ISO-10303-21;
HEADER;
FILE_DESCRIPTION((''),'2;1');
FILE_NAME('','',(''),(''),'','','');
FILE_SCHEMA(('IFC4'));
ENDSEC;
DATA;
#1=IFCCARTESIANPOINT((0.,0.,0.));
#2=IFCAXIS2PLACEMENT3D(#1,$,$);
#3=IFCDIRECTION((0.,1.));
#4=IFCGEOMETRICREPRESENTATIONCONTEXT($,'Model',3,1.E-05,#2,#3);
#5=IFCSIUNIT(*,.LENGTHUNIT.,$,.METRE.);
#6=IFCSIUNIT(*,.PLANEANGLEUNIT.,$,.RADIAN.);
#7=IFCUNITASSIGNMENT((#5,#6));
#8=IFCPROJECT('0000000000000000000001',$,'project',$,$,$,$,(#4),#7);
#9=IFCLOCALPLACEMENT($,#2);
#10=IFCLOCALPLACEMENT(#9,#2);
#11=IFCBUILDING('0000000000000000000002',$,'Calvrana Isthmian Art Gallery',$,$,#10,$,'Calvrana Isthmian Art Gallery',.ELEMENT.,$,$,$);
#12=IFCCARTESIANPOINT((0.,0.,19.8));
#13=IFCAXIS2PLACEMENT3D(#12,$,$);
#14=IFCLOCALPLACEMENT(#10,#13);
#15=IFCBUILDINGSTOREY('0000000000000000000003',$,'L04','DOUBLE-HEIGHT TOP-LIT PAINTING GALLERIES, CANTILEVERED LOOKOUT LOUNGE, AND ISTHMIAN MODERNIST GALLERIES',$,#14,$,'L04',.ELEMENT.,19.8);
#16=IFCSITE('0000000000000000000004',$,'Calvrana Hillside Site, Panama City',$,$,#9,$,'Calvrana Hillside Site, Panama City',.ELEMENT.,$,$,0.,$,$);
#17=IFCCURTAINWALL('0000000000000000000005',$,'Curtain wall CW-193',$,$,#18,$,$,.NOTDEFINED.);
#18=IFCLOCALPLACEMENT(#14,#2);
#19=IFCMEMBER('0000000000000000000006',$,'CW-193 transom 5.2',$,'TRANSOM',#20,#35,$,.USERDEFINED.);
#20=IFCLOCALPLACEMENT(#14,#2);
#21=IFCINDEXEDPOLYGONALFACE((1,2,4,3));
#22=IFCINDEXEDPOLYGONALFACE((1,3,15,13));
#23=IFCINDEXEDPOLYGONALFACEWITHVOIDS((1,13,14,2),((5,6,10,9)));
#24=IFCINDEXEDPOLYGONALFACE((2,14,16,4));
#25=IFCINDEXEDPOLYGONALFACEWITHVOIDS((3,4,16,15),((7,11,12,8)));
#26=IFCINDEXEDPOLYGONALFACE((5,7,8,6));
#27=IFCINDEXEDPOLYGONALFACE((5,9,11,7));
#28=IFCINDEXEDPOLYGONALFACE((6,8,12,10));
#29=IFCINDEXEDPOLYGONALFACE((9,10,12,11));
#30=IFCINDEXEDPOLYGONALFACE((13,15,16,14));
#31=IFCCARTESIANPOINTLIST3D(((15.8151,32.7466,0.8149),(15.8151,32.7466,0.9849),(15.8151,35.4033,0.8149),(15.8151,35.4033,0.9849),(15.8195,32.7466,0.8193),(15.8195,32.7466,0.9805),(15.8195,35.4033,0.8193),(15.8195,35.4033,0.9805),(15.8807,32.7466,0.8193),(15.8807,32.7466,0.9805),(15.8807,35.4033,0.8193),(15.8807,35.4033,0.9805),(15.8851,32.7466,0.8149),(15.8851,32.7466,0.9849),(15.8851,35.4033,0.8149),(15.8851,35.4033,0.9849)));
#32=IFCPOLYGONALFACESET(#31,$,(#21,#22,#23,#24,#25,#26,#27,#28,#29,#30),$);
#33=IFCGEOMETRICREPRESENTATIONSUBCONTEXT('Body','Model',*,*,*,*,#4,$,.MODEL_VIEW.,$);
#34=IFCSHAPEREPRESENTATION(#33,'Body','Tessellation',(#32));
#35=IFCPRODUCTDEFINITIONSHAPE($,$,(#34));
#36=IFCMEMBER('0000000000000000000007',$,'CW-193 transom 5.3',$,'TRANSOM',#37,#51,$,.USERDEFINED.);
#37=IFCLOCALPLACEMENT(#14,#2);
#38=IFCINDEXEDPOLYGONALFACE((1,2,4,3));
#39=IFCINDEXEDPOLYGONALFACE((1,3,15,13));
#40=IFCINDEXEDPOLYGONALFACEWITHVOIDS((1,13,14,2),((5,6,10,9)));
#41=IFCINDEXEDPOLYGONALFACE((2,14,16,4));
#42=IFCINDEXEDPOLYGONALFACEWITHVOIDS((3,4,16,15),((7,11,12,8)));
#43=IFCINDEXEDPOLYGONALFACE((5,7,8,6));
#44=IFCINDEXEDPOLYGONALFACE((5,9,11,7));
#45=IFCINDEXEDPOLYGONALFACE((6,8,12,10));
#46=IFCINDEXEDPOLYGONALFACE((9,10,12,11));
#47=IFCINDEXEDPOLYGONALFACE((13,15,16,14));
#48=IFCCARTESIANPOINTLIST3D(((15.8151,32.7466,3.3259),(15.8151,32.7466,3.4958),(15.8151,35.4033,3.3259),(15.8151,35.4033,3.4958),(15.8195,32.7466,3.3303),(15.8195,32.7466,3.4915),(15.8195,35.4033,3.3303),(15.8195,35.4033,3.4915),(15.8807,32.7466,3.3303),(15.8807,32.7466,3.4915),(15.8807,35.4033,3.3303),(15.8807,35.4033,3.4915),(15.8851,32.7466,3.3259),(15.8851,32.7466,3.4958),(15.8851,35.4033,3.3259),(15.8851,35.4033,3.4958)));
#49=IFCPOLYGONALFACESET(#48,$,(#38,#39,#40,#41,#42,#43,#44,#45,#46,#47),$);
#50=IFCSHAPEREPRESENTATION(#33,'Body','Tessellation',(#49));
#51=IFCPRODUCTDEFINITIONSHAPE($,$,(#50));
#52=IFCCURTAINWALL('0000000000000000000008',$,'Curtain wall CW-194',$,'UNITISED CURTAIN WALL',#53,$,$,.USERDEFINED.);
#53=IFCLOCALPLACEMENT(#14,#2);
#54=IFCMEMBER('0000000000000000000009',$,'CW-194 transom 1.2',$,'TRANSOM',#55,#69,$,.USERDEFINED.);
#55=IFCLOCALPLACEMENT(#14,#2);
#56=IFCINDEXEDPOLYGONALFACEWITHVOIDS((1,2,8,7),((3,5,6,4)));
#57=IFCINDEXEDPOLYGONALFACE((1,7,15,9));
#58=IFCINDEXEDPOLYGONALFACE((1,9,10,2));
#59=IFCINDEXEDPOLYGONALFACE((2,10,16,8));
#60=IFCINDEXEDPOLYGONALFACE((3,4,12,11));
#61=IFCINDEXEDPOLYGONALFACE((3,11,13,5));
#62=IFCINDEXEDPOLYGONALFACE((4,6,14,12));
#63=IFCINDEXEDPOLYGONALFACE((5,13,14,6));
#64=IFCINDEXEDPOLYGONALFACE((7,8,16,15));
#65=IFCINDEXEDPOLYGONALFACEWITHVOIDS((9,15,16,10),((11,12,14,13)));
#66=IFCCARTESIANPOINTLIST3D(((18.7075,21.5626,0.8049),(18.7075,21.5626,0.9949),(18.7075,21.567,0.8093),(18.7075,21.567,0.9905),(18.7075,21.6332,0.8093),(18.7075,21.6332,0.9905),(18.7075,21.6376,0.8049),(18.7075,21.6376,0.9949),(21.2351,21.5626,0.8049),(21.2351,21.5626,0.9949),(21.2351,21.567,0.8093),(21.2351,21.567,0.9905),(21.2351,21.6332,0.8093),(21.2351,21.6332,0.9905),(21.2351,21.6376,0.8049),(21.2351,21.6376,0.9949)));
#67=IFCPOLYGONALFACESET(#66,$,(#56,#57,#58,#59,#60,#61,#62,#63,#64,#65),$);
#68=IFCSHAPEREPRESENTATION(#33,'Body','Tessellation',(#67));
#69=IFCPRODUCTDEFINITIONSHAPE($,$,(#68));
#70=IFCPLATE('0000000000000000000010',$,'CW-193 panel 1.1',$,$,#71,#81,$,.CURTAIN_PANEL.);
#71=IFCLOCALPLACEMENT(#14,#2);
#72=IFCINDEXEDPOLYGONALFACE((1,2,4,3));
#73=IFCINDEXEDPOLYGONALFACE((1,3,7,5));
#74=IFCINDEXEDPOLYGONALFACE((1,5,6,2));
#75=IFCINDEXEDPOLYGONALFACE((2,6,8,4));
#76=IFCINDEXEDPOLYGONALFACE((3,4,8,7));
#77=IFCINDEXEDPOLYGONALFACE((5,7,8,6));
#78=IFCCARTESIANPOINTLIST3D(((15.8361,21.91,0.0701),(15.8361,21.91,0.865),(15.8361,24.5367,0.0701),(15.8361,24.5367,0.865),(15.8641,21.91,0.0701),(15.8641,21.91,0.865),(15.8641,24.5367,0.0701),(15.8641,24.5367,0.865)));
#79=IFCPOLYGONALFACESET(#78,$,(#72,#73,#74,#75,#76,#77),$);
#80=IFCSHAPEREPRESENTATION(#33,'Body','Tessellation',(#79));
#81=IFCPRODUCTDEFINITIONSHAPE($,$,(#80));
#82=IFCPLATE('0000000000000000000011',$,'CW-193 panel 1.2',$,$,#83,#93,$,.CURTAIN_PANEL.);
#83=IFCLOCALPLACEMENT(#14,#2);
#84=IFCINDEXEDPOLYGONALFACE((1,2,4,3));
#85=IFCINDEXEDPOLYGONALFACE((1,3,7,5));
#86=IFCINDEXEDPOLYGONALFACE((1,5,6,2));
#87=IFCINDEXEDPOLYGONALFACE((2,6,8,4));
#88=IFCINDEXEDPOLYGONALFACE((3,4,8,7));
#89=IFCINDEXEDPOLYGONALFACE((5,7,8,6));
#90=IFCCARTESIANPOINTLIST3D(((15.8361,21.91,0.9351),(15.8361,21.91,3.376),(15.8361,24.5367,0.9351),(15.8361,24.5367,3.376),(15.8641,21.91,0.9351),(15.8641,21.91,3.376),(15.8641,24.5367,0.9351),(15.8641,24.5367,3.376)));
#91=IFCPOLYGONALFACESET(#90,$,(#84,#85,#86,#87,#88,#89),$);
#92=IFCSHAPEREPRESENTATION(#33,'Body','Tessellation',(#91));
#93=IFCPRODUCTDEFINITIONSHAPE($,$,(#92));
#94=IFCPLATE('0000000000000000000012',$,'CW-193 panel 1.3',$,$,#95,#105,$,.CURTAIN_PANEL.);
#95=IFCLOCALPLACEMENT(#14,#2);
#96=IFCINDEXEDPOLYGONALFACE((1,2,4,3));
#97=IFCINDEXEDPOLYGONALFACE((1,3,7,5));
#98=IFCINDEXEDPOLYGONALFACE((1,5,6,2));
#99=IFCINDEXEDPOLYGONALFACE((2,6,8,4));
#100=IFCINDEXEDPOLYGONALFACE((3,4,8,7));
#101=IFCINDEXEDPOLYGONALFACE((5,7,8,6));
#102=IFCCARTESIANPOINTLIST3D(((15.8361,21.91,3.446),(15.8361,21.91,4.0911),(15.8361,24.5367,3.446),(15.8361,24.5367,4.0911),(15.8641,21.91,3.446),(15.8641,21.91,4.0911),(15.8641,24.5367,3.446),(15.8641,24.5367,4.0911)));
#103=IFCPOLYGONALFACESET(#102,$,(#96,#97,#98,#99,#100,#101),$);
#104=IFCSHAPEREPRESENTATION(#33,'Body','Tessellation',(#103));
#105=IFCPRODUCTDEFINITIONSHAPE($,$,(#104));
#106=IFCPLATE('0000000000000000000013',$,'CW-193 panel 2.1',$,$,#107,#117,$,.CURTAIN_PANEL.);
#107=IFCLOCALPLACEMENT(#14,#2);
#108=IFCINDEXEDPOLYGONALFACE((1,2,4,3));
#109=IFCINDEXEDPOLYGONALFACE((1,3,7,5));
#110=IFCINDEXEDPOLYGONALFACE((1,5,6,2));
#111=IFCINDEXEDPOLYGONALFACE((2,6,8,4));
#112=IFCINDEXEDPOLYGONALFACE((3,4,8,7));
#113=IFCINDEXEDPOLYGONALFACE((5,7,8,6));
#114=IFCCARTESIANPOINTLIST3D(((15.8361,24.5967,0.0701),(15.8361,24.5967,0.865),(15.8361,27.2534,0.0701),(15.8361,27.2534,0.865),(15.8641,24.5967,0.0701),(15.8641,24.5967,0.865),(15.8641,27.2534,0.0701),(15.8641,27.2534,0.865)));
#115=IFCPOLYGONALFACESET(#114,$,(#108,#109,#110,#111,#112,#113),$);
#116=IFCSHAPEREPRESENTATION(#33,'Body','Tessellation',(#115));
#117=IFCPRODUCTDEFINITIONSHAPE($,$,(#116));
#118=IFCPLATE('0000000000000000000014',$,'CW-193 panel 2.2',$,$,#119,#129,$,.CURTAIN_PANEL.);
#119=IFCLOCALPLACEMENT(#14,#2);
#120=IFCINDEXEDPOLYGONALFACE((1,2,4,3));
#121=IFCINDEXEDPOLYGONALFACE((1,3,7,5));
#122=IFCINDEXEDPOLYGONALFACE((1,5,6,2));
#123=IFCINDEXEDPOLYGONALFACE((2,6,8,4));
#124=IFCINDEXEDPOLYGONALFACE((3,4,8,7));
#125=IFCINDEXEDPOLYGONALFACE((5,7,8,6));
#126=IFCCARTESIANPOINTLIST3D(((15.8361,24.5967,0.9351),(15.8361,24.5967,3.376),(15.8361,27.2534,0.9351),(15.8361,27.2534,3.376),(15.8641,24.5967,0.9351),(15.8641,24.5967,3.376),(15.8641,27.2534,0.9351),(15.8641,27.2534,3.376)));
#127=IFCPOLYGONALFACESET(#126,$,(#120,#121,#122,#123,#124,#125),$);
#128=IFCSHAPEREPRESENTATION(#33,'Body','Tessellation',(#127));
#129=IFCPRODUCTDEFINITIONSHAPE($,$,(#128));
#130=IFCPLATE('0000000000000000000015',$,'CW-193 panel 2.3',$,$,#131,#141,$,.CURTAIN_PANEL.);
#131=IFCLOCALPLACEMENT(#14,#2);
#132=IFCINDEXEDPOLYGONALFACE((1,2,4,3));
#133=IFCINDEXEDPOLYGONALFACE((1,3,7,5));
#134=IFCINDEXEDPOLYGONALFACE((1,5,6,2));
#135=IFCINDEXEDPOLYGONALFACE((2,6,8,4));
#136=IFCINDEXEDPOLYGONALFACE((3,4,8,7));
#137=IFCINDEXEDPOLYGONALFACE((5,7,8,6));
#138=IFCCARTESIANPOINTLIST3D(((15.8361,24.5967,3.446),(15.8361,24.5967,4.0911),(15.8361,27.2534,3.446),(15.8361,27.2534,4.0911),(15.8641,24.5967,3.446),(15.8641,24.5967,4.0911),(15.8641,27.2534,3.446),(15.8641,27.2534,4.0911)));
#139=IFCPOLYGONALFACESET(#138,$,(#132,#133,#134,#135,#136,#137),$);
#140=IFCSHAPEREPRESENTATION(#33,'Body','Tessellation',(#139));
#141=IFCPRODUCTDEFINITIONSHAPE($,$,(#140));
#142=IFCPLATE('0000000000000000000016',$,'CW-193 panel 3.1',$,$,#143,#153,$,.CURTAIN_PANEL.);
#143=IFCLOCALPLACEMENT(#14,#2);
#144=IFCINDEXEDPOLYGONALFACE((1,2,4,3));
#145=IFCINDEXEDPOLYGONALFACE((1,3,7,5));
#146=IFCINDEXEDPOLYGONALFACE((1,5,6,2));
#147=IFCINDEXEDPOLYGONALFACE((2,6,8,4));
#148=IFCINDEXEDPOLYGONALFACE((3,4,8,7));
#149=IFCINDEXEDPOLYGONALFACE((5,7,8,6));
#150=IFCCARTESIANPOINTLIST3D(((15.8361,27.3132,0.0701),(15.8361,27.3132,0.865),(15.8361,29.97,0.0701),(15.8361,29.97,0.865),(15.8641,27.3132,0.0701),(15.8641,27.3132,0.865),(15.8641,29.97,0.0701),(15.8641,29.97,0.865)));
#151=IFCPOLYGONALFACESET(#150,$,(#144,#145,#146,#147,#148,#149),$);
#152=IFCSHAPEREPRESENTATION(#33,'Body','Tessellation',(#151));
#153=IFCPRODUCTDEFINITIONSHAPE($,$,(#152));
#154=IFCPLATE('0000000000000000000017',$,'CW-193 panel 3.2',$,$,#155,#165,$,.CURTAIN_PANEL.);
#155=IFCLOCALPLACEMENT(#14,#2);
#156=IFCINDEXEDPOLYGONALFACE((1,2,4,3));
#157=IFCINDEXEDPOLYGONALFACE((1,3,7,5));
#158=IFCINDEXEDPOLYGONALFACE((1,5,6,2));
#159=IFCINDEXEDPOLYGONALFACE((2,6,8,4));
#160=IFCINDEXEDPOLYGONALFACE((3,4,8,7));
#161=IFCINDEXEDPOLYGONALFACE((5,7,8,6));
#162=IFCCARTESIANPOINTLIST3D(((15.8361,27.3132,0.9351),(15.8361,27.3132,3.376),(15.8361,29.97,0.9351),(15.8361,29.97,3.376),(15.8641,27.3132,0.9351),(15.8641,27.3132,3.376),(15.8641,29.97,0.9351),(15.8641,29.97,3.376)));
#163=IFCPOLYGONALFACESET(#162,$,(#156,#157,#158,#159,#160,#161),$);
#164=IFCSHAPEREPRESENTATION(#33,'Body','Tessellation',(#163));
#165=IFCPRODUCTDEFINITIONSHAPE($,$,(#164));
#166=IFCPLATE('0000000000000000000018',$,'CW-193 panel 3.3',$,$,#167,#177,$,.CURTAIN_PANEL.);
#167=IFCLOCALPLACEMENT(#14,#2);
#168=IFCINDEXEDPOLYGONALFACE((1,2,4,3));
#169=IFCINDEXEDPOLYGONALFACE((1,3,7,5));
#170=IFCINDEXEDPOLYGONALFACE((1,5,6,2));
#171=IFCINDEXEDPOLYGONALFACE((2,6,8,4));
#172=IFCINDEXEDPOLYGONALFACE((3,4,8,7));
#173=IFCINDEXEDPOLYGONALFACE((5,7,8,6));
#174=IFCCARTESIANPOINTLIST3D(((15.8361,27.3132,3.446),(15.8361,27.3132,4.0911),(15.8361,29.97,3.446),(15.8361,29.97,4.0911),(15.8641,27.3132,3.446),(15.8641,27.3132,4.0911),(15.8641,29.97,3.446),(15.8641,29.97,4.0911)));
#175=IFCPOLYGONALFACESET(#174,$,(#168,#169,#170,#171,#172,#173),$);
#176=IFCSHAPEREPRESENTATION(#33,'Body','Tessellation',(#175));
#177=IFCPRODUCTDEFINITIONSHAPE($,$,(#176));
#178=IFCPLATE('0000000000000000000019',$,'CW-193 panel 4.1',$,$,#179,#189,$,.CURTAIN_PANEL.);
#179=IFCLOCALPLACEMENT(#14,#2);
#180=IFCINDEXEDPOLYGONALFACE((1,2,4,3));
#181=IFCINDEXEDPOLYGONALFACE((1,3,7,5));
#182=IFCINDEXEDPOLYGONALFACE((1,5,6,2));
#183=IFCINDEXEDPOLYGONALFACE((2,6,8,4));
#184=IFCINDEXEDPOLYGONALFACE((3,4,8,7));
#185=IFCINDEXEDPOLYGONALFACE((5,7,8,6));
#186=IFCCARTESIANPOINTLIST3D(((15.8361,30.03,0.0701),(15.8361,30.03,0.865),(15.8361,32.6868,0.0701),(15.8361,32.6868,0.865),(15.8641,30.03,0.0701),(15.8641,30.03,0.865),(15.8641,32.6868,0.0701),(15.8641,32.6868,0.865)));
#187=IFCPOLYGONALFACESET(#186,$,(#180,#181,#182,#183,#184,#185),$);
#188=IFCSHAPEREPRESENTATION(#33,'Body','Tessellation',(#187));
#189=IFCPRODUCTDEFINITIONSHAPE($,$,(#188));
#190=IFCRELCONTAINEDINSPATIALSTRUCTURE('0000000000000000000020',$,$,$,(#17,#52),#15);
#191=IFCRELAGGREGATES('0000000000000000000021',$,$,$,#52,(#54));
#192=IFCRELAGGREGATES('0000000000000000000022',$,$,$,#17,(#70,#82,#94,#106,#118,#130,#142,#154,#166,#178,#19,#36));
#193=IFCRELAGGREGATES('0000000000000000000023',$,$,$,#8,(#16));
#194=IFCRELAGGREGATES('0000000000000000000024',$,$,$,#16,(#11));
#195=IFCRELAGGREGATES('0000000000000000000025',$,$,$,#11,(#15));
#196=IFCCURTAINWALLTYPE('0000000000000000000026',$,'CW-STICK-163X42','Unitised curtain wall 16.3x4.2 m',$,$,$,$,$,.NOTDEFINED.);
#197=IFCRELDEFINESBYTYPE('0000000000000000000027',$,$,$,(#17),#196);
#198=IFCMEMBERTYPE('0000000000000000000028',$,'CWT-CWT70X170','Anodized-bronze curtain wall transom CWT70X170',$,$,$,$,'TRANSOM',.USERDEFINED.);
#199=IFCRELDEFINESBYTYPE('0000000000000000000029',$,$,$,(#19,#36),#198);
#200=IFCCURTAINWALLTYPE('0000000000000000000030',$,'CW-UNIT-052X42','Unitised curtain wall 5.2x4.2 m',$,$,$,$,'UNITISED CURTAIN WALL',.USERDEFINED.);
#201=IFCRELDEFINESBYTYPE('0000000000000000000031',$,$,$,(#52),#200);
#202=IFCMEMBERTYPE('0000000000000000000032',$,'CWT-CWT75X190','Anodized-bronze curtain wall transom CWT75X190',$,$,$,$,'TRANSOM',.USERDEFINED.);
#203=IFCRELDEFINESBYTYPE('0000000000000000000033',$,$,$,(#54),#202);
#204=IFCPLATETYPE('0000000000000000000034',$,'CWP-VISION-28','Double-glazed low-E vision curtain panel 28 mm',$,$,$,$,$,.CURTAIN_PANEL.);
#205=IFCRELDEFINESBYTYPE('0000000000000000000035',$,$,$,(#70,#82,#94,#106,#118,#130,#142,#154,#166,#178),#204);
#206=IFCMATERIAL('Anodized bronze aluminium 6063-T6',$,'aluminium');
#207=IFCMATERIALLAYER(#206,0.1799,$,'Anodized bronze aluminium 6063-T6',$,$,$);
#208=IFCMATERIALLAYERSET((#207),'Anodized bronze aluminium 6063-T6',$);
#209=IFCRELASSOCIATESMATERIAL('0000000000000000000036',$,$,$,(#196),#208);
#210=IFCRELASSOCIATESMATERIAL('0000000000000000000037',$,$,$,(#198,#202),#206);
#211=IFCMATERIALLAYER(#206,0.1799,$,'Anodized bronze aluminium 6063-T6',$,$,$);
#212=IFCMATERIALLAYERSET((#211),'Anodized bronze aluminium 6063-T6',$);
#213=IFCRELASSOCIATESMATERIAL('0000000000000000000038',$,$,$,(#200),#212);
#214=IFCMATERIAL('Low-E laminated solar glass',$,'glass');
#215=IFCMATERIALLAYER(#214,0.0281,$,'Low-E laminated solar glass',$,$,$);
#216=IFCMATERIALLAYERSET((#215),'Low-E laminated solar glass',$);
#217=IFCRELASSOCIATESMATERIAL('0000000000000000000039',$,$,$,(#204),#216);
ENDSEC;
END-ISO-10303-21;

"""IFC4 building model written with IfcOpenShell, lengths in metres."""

from ifc_helpers import new_model, si_unit, direction, frame, origin, origin_2d, place, context, subcontext, project, spatial, rectangle, hollow_rectangle, extrude, material, layer, layer_set, material_profile, profile_set, type_object, element, aggregate, save


model = new_model("IFC4")

# Units and contexts
model_context = context("Model", 3, precision=1e-05, world=origin(), true_north=direction((0.0, 1.0)))
body_context = subcontext(model_context, "Body", "Model", "MODEL_VIEW")
ifc_project = project(units=[si_unit("LENGTHUNIT", "METRE"), si_unit("PLANEANGLEUNIT", "RADIAN")], contexts=[model_context])

# Site, building, storey
site_placement = place(None, origin())
site = spatial("IfcSite", under=ifc_project, at=site_placement, Name="Calvrana Hillside Site, Panama City", LongName="Calvrana Hillside Site, Panama City", CompositionType="ELEMENT", RefElevation=0.0)
building_placement = place(site_placement, origin())
building = spatial("IfcBuilding", under=site, at=building_placement, Name="Calvrana Isthmian Art Gallery", LongName="Calvrana Isthmian Art Gallery", CompositionType="ELEMENT")
storey_placement = place(building_placement, frame((0.0, 0.0, 19.8)))
storey = spatial("IfcBuildingStorey", under=building, at=storey_placement, Name="L04", Description="DOUBLE-HEIGHT TOP-LIT PAINTING GALLERIES, CANTILEVERED LOOKOUT LOUNGE, AND ISTHMIAN MODERNIST GALLERIES", LongName="L04", CompositionType="ELEMENT", Elevation=19.8)

# Curtain wall, members
ifc_material_1 = material(Name="Anodized bronze aluminium 6063-T6", Category="aluminium")
ifc_layer_1 = layer(ifc_material_1, 0.1799, Name="Anodized bronze aluminium 6063-T6")
ifc_layer_set_1 = layer_set([ifc_layer_1], Name="Anodized bronze aluminium 6063-T6")
curtain_wall_type_1 = type_object("IfcCurtainWallType", Name="CW-STICK-163X42", Description="Unitised curtain wall 16.3x4.2 m", PredefinedType="NOTDEFINED", material=ifc_layer_set_1)
curtain_wall_1_placement = place(storey_placement, origin())
curtain_wall_1 = element("IfcCurtainWall", 1, at=curtain_wall_1_placement, inside=storey, type_object=curtain_wall_type_1, Name="Curtain wall CW-193", PredefinedType="NOTDEFINED")
ifc_material_profile_1 = material_profile(ifc_material_1, hollow_rectangle(XDim=0.0701, YDim=0.1699, WallThickness=0.0044, at=origin_2d()), Name="CWT70X170")
ifc_profile_set_1 = profile_set([ifc_material_profile_1], Name="Anodized bronze aluminium 6063-T6")
member_type_1 = type_object("IfcMemberType", Name="CWT-CWT70X170", Description="Anodized-bronze curtain wall transom CWT70X170", ElementType="TRANSOM", PredefinedType="USERDEFINED", material=ifc_profile_set_1)
member_1_placement = place(storey_placement, frame((15.8501, 32.7466, 0.8999), z_axis=(0.0, 1.0, 0.0), x_axis=(-1.0, 0.0, 0.0)))
member_1 = element("IfcMember", 2, at=member_1_placement, type_object=member_type_1, Name="CW-193 transom 5.2", ObjectType="TRANSOM", PredefinedType="USERDEFINED", context=body_context, shape_type="SweptSolid", body=[
    extrude(hollow_rectangle(XDim=0.0701, YDim=0.1699, WallThickness=0.0044, at=origin_2d()), origin(), (0.0, 0.0, 1.0), 2.6567),
])
member_2_placement = place(storey_placement, frame((15.8501, 32.7466, 3.4109), z_axis=(0.0, 1.0, 0.0), x_axis=(-1.0, 0.0, 0.0)))
member_2 = element("IfcMember", 3, at=member_2_placement, type_object=member_type_1, Name="CW-193 transom 5.3", ObjectType="TRANSOM", PredefinedType="USERDEFINED", context=body_context, shape_type="SweptSolid", body=[
    extrude(hollow_rectangle(XDim=0.0701, YDim=0.1699, WallThickness=0.0044, at=origin_2d()), origin(), (0.0, 0.0, 1.0), 2.6567),
])

# Curtain wall, member
ifc_layer_2 = layer(ifc_material_1, 0.1799, Name="Anodized bronze aluminium 6063-T6")
ifc_layer_set_2 = layer_set([ifc_layer_2], Name="Anodized bronze aluminium 6063-T6")
curtain_wall_type_2 = type_object("IfcCurtainWallType", Name="CW-UNIT-052X42", Description="Unitised curtain wall 5.2x4.2 m", ElementType="UNITISED CURTAIN WALL", PredefinedType="USERDEFINED", material=ifc_layer_set_2)
curtain_wall_2_placement = place(storey_placement, origin())
curtain_wall_2 = element("IfcCurtainWall", 4, at=curtain_wall_2_placement, inside=storey, type_object=curtain_wall_type_2, Name="Curtain wall CW-194", ObjectType="UNITISED CURTAIN WALL", PredefinedType="USERDEFINED")
ifc_material_profile_2 = material_profile(ifc_material_1, hollow_rectangle(XDim=0.075, YDim=0.1899, WallThickness=0.0044, at=origin_2d()), Name="CWT75X190")
ifc_profile_set_2 = profile_set([ifc_material_profile_2], Name="Anodized bronze aluminium 6063-T6")
member_type_2 = type_object("IfcMemberType", Name="CWT-CWT75X190", Description="Anodized-bronze curtain wall transom CWT75X190", ElementType="TRANSOM", PredefinedType="USERDEFINED", material=ifc_profile_set_2)
member_3_placement = place(storey_placement, frame((21.2351, 21.6001, 0.8999), z_axis=(-1.0, 0.0, 0.0), x_axis=(0.0, -1.0, 0.0)))
member_3 = element("IfcMember", 5, at=member_3_placement, type_object=member_type_2, Name="CW-194 transom 1.2", ObjectType="TRANSOM", PredefinedType="USERDEFINED", context=body_context, shape_type="SweptSolid", body=[
    extrude(hollow_rectangle(XDim=0.075, YDim=0.1899, WallThickness=0.0044, at=origin_2d()), origin(), (0.0, 0.0, 1.0), 2.5276),
])
aggregate(curtain_wall_2, [member_3])

# Plates
ifc_material_2 = material(Name="Low-E laminated solar glass", Category="glass")
ifc_layer_3 = layer(ifc_material_2, 0.0281, Name="Low-E laminated solar glass")
ifc_layer_set_3 = layer_set([ifc_layer_3], Name="Low-E laminated solar glass")
plate_type = type_object("IfcPlateType", Name="CWP-VISION-28", Description="Double-glazed low-E vision curtain panel 28 mm", PredefinedType="CURTAIN_PANEL", material=ifc_layer_set_3)
plate_1_placement = place(storey_placement, frame((15.8501, 23.2234, 0.0701), z_axis=(0.0, 0.0, 1.0), x_axis=(0.0, 1.0, 0.0)))
plate_1 = element("IfcPlate", 6, at=plate_1_placement, type_object=plate_type, Name="CW-193 panel 1.1", PredefinedType="CURTAIN_PANEL", context=body_context, shape_type="SweptSolid", body=[
    extrude(rectangle(XDim=2.6267, YDim=0.0281, at=origin_2d()), origin(), (0.0, 0.0, 1.0), 0.7949),
])
plate_2_placement = place(storey_placement, frame((15.8501, 23.2234, 0.9351), z_axis=(0.0, 0.0, 1.0), x_axis=(0.0, 1.0, 0.0)))
plate_2 = element("IfcPlate", 7, at=plate_2_placement, type_object=plate_type, Name="CW-193 panel 1.2", PredefinedType="CURTAIN_PANEL", context=body_context, shape_type="SweptSolid", body=[
    extrude(rectangle(XDim=2.6267, YDim=0.0281, at=origin_2d()), origin(), (0.0, 0.0, 1.0), 2.4409),
])
plate_3_placement = place(storey_placement, frame((15.8501, 23.2234, 3.446), z_axis=(0.0, 0.0, 1.0), x_axis=(0.0, 1.0, 0.0)))
plate_3 = element("IfcPlate", 8, at=plate_3_placement, type_object=plate_type, Name="CW-193 panel 1.3", PredefinedType="CURTAIN_PANEL", context=body_context, shape_type="SweptSolid", body=[
    extrude(rectangle(XDim=2.6267, YDim=0.0281, at=origin_2d()), origin(), (0.0, 0.0, 1.0), 0.645),
])
plate_4_placement = place(storey_placement, frame((15.8501, 25.925, 0.0701), z_axis=(0.0, 0.0, 1.0), x_axis=(0.0, 1.0, 0.0)))
plate_4 = element("IfcPlate", 9, at=plate_4_placement, type_object=plate_type, Name="CW-193 panel 2.1", PredefinedType="CURTAIN_PANEL", context=body_context, shape_type="SweptSolid", body=[
    extrude(rectangle(XDim=2.6567, YDim=0.0281, at=origin_2d()), origin(), (0.0, 0.0, 1.0), 0.7949),
])
plate_5_placement = place(storey_placement, frame((15.8501, 25.925, 0.9351), z_axis=(0.0, 0.0, 1.0), x_axis=(0.0, 1.0, 0.0)))
plate_5 = element("IfcPlate", 10, at=plate_5_placement, type_object=plate_type, Name="CW-193 panel 2.2", PredefinedType="CURTAIN_PANEL", context=body_context, shape_type="SweptSolid", body=[
    extrude(rectangle(XDim=2.6567, YDim=0.0281, at=origin_2d()), origin(), (0.0, 0.0, 1.0), 2.4409),
])
plate_6_placement = place(storey_placement, frame((15.8501, 25.925, 3.446), z_axis=(0.0, 0.0, 1.0), x_axis=(0.0, 1.0, 0.0)))
plate_6 = element("IfcPlate", 11, at=plate_6_placement, type_object=plate_type, Name="CW-193 panel 2.3", PredefinedType="CURTAIN_PANEL", context=body_context, shape_type="SweptSolid", body=[
    extrude(rectangle(XDim=2.6567, YDim=0.0281, at=origin_2d()), origin(), (0.0, 0.0, 1.0), 0.645),
])
plate_7_placement = place(storey_placement, frame((15.8501, 28.6416, 0.0701), z_axis=(0.0, 0.0, 1.0), x_axis=(0.0, 1.0, 0.0)))
plate_7 = element("IfcPlate", 12, at=plate_7_placement, type_object=plate_type, Name="CW-193 panel 3.1", PredefinedType="CURTAIN_PANEL", context=body_context, shape_type="SweptSolid", body=[
    extrude(rectangle(XDim=2.6567, YDim=0.0281, at=origin_2d()), origin(), (0.0, 0.0, 1.0), 0.7949),
])
plate_8_placement = place(storey_placement, frame((15.8501, 28.6416, 0.9351), z_axis=(0.0, 0.0, 1.0), x_axis=(0.0, 1.0, 0.0)))
plate_8 = element("IfcPlate", 13, at=plate_8_placement, type_object=plate_type, Name="CW-193 panel 3.2", PredefinedType="CURTAIN_PANEL", context=body_context, shape_type="SweptSolid", body=[
    extrude(rectangle(XDim=2.6567, YDim=0.0281, at=origin_2d()), origin(), (0.0, 0.0, 1.0), 2.4409),
])
plate_9_placement = place(storey_placement, frame((15.8501, 28.6416, 3.446), z_axis=(0.0, 0.0, 1.0), x_axis=(0.0, 1.0, 0.0)))
plate_9 = element("IfcPlate", 14, at=plate_9_placement, type_object=plate_type, Name="CW-193 panel 3.3", PredefinedType="CURTAIN_PANEL", context=body_context, shape_type="SweptSolid", body=[
    extrude(rectangle(XDim=2.6567, YDim=0.0281, at=origin_2d()), origin(), (0.0, 0.0, 1.0), 0.645),
])
plate_10_placement = place(storey_placement, frame((15.8501, 31.3584, 0.0701), z_axis=(0.0, 0.0, 1.0), x_axis=(0.0, 1.0, 0.0)))
plate_10 = element("IfcPlate", 15, at=plate_10_placement, type_object=plate_type, Name="CW-193 panel 4.1", PredefinedType="CURTAIN_PANEL", context=body_context, shape_type="SweptSolid", body=[
    extrude(rectangle(XDim=2.6567, YDim=0.0281, at=origin_2d()), origin(), (0.0, 0.0, 1.0), 0.7949),
])
aggregate(curtain_wall_1, [plate_1, plate_2, plate_3, plate_4, plate_5, plate_6, plate_7, plate_8, plate_9, plate_10, member_1, member_2])

save(model, "model.ifc")
